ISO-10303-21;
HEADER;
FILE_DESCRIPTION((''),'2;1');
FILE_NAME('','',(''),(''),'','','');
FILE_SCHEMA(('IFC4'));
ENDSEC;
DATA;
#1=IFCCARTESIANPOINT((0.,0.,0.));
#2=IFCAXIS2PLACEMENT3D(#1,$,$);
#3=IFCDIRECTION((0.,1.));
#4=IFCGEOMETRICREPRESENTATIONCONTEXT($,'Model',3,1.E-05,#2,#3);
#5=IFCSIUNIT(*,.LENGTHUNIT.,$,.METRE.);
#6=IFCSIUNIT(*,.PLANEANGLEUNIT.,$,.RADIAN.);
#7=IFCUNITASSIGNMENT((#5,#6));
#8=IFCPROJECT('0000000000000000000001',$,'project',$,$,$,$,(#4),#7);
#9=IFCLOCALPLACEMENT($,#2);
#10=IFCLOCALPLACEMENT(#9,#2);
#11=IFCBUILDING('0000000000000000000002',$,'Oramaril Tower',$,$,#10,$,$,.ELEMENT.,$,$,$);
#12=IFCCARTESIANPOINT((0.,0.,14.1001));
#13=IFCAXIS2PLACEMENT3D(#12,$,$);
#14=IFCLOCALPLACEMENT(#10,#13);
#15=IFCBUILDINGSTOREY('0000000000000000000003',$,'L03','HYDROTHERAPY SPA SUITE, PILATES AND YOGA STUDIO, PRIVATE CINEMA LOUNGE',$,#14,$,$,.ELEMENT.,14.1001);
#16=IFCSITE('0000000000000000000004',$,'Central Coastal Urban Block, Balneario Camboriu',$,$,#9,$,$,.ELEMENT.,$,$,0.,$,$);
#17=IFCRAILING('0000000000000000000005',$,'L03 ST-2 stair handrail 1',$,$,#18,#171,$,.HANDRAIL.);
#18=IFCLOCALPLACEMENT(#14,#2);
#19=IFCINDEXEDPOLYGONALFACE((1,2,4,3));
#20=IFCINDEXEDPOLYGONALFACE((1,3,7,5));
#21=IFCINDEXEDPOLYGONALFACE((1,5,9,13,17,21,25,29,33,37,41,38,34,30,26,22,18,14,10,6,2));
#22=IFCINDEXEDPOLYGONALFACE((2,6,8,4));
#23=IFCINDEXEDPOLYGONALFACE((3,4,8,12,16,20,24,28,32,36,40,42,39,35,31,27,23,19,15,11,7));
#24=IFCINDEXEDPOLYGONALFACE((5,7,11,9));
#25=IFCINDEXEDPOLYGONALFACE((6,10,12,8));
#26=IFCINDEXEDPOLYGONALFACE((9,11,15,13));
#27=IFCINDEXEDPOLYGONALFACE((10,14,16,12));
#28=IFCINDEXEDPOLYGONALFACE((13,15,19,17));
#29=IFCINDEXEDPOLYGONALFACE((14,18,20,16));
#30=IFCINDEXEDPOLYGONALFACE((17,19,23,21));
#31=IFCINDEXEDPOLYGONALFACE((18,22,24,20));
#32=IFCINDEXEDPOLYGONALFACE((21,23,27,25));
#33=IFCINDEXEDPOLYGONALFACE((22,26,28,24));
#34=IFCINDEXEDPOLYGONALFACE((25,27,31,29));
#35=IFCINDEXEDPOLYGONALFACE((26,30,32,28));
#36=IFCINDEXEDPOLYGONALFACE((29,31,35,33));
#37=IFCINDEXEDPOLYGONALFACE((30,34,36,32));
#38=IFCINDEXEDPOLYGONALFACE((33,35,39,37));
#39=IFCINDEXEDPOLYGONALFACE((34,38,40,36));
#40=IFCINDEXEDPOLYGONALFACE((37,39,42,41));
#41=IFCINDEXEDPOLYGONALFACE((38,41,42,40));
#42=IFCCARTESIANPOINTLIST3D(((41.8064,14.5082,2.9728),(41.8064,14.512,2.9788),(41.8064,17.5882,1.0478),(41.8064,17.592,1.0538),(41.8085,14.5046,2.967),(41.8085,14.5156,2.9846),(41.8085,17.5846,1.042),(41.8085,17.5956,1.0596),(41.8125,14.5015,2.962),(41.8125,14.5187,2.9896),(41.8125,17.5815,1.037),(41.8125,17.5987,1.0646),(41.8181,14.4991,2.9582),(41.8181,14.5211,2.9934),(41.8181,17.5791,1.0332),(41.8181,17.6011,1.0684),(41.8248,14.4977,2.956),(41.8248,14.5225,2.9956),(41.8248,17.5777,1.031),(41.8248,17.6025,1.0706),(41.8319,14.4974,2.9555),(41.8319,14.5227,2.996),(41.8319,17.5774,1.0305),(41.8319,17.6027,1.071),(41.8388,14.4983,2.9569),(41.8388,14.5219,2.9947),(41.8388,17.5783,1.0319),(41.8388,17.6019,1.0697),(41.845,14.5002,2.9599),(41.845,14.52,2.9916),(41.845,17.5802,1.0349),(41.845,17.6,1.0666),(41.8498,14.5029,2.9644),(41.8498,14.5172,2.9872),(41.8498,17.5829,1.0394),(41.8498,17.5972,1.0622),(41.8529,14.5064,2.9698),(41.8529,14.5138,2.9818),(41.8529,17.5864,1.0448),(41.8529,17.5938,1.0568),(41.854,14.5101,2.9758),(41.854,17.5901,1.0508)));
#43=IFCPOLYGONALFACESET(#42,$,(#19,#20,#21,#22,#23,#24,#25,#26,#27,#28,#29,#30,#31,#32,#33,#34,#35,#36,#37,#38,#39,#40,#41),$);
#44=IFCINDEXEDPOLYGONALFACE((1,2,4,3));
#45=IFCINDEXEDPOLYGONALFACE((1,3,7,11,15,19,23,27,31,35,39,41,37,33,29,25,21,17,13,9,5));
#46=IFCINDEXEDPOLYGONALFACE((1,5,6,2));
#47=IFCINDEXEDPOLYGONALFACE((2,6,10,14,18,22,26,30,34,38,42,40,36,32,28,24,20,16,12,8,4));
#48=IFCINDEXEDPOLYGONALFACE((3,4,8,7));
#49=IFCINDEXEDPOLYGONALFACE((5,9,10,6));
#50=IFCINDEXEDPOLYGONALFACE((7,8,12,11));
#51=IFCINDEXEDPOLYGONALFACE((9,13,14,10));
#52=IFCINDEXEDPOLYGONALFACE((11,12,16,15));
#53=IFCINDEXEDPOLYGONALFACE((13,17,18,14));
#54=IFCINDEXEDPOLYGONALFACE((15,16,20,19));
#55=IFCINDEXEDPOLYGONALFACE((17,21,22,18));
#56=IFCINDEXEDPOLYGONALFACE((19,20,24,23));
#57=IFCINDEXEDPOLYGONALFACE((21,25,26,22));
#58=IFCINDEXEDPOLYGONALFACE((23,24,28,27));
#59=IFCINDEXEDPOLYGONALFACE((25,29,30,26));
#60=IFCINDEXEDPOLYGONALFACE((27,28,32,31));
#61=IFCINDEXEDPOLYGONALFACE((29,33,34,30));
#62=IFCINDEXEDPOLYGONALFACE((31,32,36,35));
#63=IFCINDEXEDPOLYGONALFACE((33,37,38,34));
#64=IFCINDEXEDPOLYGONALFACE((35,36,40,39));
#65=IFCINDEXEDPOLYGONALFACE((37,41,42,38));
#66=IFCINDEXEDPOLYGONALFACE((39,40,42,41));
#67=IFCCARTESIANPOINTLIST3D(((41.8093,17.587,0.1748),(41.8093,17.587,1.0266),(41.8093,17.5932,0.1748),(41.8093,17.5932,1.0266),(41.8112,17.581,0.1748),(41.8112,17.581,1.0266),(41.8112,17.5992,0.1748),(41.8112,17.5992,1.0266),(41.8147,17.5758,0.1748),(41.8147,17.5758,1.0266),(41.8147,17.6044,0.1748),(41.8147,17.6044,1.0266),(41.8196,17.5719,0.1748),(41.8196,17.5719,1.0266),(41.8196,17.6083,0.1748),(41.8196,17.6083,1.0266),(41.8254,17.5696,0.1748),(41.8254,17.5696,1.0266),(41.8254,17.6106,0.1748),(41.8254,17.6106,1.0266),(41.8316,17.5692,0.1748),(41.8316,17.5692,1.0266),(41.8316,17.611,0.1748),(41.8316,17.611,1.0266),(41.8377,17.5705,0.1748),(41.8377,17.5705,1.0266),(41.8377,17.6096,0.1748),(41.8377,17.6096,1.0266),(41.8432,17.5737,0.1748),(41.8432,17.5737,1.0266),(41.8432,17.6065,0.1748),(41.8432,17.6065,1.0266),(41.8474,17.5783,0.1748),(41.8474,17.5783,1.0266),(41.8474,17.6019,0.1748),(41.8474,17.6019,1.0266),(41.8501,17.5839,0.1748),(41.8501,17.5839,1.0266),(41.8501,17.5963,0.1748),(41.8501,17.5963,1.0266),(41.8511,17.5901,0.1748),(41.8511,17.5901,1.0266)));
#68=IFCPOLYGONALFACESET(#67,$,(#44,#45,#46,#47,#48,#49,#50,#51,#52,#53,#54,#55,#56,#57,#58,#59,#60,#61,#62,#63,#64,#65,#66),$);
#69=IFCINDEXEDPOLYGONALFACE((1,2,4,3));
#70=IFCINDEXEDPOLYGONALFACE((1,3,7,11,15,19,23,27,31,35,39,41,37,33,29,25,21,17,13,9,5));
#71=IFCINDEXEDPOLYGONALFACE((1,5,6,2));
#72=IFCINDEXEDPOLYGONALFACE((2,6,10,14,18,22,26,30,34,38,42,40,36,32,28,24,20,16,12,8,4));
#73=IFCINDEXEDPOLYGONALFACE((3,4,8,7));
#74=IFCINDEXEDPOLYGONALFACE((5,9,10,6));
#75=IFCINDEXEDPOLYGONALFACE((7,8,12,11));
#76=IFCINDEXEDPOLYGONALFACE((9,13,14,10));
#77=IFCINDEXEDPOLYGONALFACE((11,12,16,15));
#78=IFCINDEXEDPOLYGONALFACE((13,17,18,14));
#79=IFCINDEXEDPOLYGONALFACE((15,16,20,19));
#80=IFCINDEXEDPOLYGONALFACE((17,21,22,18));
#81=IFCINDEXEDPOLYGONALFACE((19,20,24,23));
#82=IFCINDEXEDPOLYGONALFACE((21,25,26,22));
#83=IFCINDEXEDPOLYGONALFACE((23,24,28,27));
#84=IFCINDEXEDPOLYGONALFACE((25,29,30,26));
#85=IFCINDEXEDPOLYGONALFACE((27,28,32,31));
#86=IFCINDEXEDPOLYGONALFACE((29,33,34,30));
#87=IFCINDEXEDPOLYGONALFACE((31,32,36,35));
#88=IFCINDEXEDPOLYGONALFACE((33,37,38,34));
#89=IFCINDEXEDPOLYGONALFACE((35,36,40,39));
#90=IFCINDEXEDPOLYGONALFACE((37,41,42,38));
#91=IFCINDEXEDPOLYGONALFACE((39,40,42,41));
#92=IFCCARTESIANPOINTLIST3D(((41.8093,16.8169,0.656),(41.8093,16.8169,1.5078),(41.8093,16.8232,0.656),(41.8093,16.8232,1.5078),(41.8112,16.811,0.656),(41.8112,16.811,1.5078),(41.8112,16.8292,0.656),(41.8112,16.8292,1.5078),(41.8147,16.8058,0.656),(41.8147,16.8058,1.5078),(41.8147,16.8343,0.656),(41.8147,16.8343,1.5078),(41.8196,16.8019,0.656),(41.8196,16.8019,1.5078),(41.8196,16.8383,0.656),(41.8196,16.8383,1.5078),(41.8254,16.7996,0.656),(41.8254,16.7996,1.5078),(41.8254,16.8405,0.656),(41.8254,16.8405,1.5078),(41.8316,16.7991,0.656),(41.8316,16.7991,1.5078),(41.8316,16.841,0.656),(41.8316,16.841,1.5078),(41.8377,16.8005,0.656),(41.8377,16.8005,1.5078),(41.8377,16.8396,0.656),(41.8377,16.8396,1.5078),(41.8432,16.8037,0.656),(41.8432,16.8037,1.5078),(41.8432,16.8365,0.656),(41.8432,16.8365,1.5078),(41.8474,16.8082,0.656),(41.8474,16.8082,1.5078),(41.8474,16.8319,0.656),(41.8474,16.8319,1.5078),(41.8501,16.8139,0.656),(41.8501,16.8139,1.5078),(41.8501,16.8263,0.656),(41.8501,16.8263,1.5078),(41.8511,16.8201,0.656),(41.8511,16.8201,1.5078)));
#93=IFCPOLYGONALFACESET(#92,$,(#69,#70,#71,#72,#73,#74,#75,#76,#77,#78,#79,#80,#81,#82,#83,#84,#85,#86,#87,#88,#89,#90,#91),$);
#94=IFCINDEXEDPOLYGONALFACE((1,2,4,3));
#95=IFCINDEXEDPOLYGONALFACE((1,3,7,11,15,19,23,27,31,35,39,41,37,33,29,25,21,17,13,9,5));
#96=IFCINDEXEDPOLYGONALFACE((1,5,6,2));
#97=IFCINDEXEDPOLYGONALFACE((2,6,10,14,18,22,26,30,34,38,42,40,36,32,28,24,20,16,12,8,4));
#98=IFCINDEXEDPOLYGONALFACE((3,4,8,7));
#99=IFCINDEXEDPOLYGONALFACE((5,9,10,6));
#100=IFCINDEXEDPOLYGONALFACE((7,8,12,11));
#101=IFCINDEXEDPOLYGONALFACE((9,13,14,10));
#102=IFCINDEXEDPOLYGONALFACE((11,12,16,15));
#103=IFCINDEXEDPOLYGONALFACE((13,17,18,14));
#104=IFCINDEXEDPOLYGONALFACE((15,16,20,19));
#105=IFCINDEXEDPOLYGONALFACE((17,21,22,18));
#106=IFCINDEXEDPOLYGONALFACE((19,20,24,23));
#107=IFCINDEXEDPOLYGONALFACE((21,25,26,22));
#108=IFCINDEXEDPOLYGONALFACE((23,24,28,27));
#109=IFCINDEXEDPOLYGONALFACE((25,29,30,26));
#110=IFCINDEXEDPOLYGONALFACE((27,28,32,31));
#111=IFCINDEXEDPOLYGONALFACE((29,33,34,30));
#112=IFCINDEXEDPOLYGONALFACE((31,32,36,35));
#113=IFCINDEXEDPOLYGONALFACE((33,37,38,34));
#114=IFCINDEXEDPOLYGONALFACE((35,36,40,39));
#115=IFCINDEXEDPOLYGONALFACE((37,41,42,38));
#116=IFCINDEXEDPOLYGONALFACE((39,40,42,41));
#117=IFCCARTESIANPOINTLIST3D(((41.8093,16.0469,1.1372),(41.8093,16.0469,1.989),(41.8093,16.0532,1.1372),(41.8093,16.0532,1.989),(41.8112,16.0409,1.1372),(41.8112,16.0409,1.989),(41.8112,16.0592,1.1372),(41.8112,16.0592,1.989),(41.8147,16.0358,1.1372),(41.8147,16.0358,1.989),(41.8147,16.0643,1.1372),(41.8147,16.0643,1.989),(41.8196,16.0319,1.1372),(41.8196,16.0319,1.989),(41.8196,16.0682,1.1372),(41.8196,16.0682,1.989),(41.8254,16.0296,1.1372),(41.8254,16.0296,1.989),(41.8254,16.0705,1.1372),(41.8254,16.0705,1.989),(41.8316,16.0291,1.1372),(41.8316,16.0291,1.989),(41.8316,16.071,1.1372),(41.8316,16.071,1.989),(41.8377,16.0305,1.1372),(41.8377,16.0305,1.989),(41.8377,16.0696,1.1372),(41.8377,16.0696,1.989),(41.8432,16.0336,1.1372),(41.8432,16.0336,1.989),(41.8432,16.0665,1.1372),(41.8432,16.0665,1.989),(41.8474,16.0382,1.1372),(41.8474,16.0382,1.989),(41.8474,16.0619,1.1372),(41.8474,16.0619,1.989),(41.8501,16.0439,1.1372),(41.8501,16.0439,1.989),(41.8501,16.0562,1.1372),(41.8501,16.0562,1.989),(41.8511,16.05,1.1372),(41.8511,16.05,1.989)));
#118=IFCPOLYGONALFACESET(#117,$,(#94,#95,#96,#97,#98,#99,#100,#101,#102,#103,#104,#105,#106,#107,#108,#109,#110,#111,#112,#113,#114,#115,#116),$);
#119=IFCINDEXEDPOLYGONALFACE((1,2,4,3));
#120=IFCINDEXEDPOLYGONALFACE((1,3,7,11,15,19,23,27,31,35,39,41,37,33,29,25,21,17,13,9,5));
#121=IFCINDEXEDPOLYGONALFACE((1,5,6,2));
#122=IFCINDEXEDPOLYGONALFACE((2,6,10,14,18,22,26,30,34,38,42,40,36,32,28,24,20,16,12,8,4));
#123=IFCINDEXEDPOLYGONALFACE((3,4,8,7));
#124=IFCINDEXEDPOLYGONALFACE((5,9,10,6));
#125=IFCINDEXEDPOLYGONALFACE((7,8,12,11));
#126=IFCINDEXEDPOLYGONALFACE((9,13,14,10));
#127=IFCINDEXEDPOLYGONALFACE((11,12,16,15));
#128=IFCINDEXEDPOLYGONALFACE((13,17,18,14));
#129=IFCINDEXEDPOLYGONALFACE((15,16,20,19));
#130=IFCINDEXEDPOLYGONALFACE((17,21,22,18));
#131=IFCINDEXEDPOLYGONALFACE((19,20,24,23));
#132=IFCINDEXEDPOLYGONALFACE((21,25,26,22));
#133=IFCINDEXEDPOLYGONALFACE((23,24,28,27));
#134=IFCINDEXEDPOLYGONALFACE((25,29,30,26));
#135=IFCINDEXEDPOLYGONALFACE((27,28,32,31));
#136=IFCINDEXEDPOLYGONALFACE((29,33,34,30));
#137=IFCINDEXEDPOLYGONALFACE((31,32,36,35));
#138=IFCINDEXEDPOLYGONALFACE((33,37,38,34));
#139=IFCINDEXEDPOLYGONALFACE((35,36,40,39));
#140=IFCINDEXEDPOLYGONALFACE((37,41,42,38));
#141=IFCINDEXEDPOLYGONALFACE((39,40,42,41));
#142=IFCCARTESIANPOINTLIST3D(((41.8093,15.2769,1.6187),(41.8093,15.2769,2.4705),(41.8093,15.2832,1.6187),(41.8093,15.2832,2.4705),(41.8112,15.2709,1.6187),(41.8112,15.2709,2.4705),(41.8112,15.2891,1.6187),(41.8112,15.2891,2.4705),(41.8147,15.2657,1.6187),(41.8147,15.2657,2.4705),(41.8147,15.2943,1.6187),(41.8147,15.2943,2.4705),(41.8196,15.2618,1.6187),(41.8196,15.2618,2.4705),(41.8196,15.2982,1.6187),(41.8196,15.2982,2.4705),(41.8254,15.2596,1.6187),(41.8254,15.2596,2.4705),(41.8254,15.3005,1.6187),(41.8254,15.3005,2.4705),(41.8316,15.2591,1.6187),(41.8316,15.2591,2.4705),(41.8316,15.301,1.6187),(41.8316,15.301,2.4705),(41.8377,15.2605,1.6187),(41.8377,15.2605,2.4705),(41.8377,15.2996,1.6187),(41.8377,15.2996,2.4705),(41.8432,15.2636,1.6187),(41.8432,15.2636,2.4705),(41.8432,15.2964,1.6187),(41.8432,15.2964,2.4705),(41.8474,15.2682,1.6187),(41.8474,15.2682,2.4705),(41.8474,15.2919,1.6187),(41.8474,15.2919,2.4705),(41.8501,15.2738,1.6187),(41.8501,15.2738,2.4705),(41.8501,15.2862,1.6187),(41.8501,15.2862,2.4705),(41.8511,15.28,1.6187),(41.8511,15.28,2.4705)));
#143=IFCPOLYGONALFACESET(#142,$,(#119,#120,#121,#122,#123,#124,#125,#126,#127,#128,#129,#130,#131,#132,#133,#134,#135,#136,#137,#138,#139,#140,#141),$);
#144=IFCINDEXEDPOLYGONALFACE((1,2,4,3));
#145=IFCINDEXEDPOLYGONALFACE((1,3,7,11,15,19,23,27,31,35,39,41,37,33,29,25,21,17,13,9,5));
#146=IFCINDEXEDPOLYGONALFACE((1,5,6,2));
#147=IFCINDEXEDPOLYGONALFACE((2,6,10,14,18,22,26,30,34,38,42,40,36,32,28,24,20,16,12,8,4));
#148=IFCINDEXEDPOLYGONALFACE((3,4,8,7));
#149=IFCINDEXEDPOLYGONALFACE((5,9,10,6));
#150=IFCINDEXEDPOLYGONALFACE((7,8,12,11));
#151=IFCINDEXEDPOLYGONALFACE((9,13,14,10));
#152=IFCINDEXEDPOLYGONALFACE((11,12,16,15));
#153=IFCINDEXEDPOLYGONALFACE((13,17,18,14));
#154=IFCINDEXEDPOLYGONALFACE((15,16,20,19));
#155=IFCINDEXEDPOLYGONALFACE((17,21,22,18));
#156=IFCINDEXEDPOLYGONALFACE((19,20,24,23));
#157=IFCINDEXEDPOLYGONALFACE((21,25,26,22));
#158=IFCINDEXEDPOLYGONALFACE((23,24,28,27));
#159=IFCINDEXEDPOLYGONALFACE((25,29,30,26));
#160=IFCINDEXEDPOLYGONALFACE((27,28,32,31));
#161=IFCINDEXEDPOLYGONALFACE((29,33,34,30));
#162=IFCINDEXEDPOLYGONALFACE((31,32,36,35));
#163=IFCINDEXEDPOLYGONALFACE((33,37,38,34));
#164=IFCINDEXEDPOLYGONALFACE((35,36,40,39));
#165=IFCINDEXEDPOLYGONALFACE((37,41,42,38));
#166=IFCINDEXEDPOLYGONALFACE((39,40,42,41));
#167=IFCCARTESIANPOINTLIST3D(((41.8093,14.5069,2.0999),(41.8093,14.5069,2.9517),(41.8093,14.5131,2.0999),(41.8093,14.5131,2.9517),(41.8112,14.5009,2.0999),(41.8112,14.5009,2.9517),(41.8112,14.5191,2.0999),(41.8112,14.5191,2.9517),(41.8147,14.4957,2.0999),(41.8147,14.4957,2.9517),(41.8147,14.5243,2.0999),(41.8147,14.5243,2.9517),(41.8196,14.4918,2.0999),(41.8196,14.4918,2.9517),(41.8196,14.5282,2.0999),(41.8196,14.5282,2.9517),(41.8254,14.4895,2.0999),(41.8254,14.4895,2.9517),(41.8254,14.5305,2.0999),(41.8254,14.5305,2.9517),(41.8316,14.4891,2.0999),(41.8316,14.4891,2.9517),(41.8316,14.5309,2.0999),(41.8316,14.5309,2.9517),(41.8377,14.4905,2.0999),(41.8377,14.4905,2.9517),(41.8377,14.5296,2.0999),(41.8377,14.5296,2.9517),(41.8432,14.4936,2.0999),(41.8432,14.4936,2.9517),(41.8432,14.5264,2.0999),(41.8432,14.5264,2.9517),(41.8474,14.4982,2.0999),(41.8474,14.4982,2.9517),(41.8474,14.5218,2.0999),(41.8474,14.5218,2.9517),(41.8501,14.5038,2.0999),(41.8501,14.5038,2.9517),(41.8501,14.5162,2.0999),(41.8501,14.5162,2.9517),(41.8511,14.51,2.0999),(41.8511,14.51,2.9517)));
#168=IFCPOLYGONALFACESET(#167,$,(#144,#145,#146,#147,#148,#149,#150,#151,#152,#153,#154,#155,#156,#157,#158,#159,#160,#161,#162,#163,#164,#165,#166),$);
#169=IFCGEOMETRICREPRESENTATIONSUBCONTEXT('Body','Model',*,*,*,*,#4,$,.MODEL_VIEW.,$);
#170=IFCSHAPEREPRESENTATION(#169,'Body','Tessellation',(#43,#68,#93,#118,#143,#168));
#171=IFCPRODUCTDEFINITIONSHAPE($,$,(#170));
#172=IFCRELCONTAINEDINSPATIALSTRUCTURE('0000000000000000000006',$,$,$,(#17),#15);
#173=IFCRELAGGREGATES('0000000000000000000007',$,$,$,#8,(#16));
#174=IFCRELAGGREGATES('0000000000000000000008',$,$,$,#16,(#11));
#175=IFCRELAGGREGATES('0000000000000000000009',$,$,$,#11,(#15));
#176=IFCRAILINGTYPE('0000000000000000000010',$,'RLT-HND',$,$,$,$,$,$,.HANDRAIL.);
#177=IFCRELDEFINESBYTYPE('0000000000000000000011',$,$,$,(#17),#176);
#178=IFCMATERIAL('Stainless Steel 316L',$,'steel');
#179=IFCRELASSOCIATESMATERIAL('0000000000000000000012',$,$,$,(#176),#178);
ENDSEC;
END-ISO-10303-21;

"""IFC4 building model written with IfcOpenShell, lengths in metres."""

from ifc_helpers import new_model, si_unit, direction, frame, origin, origin_2d, place, context, subcontext, project, spatial, circle, extrude, material, type_object, element, save


model = new_model("IFC4")

# Units and contexts
model_context = context("Model", 3, precision=1e-05, world=origin(), true_north=direction((0.0, 1.0)))
body_context = subcontext(model_context, "Body", "Model", "MODEL_VIEW")
ifc_project = project(units=[si_unit("LENGTHUNIT", "METRE"), si_unit("PLANEANGLEUNIT", "RADIAN")], contexts=[model_context])

# Site, building, storey
site_placement = place(None, origin())
site = spatial("IfcSite", under=ifc_project, at=site_placement, Name="Central Coastal Urban Block, Balneario Camboriu", CompositionType="ELEMENT", RefElevation=0.0)
building_placement = place(site_placement, origin())
building = spatial("IfcBuilding", under=site, at=building_placement, Name="Oramaril Tower", CompositionType="ELEMENT")
storey_placement = place(building_placement, frame((0.0, 0.0, 14.1001)))
storey = spatial("IfcBuildingStorey", under=building, at=storey_placement, Name="L03", Description="HYDROTHERAPY SPA SUITE, PILATES AND YOGA STUDIO, PRIVATE CINEMA LOUNGE", CompositionType="ELEMENT", Elevation=14.1001)

# Railing
ifc_material_1 = material(Name="Stainless Steel 316L", Category="steel")
railing_type_1 = type_object("IfcRailingType", Name="RLT-HND", PredefinedType="HANDRAIL", material=ifc_material_1)
railing_1_placement = place(storey_placement, frame((41.8301, 17.5901, 0.1748)))
element("IfcRailing", 1, at=railing_1_placement, inside=storey, type_object=railing_type_1, Name="L03 ST-2 stair handrail 1", PredefinedType="HANDRAIL", context=body_context, shape_type="SweptSolid", body=[
    extrude(circle(Radius=0.0239, at=origin_2d()), frame((0.0, 0.0, 0.876), z_axis=(0.0, -0.847998, 0.529999), x_axis=(1.0, 0.0, 0.0)), (0.0, 0.0, 1.0), 3.6321),
    extrude(circle(Radius=0.021, at=origin_2d()), origin(), (0.0, 0.0, 1.0), 0.8518),
    extrude(circle(Radius=0.021, at=origin_2d()), frame((0.0, -0.77, 0.4812)), (0.0, 0.0, 1.0), 0.8518),
    extrude(circle(Radius=0.021, at=origin_2d()), frame((0.0, -1.54, 0.9624)), (0.0, 0.0, 1.0), 0.8518),
    extrude(circle(Radius=0.021, at=origin_2d()), frame((0.0, -2.3101, 1.4438)), (0.0, 0.0, 1.0), 0.8518),
    extrude(circle(Radius=0.021, at=origin_2d()), frame((0.0, -3.0801, 1.925)), (0.0, 0.0, 1.0), 0.8518),
])

save(model, "model.ifc")
